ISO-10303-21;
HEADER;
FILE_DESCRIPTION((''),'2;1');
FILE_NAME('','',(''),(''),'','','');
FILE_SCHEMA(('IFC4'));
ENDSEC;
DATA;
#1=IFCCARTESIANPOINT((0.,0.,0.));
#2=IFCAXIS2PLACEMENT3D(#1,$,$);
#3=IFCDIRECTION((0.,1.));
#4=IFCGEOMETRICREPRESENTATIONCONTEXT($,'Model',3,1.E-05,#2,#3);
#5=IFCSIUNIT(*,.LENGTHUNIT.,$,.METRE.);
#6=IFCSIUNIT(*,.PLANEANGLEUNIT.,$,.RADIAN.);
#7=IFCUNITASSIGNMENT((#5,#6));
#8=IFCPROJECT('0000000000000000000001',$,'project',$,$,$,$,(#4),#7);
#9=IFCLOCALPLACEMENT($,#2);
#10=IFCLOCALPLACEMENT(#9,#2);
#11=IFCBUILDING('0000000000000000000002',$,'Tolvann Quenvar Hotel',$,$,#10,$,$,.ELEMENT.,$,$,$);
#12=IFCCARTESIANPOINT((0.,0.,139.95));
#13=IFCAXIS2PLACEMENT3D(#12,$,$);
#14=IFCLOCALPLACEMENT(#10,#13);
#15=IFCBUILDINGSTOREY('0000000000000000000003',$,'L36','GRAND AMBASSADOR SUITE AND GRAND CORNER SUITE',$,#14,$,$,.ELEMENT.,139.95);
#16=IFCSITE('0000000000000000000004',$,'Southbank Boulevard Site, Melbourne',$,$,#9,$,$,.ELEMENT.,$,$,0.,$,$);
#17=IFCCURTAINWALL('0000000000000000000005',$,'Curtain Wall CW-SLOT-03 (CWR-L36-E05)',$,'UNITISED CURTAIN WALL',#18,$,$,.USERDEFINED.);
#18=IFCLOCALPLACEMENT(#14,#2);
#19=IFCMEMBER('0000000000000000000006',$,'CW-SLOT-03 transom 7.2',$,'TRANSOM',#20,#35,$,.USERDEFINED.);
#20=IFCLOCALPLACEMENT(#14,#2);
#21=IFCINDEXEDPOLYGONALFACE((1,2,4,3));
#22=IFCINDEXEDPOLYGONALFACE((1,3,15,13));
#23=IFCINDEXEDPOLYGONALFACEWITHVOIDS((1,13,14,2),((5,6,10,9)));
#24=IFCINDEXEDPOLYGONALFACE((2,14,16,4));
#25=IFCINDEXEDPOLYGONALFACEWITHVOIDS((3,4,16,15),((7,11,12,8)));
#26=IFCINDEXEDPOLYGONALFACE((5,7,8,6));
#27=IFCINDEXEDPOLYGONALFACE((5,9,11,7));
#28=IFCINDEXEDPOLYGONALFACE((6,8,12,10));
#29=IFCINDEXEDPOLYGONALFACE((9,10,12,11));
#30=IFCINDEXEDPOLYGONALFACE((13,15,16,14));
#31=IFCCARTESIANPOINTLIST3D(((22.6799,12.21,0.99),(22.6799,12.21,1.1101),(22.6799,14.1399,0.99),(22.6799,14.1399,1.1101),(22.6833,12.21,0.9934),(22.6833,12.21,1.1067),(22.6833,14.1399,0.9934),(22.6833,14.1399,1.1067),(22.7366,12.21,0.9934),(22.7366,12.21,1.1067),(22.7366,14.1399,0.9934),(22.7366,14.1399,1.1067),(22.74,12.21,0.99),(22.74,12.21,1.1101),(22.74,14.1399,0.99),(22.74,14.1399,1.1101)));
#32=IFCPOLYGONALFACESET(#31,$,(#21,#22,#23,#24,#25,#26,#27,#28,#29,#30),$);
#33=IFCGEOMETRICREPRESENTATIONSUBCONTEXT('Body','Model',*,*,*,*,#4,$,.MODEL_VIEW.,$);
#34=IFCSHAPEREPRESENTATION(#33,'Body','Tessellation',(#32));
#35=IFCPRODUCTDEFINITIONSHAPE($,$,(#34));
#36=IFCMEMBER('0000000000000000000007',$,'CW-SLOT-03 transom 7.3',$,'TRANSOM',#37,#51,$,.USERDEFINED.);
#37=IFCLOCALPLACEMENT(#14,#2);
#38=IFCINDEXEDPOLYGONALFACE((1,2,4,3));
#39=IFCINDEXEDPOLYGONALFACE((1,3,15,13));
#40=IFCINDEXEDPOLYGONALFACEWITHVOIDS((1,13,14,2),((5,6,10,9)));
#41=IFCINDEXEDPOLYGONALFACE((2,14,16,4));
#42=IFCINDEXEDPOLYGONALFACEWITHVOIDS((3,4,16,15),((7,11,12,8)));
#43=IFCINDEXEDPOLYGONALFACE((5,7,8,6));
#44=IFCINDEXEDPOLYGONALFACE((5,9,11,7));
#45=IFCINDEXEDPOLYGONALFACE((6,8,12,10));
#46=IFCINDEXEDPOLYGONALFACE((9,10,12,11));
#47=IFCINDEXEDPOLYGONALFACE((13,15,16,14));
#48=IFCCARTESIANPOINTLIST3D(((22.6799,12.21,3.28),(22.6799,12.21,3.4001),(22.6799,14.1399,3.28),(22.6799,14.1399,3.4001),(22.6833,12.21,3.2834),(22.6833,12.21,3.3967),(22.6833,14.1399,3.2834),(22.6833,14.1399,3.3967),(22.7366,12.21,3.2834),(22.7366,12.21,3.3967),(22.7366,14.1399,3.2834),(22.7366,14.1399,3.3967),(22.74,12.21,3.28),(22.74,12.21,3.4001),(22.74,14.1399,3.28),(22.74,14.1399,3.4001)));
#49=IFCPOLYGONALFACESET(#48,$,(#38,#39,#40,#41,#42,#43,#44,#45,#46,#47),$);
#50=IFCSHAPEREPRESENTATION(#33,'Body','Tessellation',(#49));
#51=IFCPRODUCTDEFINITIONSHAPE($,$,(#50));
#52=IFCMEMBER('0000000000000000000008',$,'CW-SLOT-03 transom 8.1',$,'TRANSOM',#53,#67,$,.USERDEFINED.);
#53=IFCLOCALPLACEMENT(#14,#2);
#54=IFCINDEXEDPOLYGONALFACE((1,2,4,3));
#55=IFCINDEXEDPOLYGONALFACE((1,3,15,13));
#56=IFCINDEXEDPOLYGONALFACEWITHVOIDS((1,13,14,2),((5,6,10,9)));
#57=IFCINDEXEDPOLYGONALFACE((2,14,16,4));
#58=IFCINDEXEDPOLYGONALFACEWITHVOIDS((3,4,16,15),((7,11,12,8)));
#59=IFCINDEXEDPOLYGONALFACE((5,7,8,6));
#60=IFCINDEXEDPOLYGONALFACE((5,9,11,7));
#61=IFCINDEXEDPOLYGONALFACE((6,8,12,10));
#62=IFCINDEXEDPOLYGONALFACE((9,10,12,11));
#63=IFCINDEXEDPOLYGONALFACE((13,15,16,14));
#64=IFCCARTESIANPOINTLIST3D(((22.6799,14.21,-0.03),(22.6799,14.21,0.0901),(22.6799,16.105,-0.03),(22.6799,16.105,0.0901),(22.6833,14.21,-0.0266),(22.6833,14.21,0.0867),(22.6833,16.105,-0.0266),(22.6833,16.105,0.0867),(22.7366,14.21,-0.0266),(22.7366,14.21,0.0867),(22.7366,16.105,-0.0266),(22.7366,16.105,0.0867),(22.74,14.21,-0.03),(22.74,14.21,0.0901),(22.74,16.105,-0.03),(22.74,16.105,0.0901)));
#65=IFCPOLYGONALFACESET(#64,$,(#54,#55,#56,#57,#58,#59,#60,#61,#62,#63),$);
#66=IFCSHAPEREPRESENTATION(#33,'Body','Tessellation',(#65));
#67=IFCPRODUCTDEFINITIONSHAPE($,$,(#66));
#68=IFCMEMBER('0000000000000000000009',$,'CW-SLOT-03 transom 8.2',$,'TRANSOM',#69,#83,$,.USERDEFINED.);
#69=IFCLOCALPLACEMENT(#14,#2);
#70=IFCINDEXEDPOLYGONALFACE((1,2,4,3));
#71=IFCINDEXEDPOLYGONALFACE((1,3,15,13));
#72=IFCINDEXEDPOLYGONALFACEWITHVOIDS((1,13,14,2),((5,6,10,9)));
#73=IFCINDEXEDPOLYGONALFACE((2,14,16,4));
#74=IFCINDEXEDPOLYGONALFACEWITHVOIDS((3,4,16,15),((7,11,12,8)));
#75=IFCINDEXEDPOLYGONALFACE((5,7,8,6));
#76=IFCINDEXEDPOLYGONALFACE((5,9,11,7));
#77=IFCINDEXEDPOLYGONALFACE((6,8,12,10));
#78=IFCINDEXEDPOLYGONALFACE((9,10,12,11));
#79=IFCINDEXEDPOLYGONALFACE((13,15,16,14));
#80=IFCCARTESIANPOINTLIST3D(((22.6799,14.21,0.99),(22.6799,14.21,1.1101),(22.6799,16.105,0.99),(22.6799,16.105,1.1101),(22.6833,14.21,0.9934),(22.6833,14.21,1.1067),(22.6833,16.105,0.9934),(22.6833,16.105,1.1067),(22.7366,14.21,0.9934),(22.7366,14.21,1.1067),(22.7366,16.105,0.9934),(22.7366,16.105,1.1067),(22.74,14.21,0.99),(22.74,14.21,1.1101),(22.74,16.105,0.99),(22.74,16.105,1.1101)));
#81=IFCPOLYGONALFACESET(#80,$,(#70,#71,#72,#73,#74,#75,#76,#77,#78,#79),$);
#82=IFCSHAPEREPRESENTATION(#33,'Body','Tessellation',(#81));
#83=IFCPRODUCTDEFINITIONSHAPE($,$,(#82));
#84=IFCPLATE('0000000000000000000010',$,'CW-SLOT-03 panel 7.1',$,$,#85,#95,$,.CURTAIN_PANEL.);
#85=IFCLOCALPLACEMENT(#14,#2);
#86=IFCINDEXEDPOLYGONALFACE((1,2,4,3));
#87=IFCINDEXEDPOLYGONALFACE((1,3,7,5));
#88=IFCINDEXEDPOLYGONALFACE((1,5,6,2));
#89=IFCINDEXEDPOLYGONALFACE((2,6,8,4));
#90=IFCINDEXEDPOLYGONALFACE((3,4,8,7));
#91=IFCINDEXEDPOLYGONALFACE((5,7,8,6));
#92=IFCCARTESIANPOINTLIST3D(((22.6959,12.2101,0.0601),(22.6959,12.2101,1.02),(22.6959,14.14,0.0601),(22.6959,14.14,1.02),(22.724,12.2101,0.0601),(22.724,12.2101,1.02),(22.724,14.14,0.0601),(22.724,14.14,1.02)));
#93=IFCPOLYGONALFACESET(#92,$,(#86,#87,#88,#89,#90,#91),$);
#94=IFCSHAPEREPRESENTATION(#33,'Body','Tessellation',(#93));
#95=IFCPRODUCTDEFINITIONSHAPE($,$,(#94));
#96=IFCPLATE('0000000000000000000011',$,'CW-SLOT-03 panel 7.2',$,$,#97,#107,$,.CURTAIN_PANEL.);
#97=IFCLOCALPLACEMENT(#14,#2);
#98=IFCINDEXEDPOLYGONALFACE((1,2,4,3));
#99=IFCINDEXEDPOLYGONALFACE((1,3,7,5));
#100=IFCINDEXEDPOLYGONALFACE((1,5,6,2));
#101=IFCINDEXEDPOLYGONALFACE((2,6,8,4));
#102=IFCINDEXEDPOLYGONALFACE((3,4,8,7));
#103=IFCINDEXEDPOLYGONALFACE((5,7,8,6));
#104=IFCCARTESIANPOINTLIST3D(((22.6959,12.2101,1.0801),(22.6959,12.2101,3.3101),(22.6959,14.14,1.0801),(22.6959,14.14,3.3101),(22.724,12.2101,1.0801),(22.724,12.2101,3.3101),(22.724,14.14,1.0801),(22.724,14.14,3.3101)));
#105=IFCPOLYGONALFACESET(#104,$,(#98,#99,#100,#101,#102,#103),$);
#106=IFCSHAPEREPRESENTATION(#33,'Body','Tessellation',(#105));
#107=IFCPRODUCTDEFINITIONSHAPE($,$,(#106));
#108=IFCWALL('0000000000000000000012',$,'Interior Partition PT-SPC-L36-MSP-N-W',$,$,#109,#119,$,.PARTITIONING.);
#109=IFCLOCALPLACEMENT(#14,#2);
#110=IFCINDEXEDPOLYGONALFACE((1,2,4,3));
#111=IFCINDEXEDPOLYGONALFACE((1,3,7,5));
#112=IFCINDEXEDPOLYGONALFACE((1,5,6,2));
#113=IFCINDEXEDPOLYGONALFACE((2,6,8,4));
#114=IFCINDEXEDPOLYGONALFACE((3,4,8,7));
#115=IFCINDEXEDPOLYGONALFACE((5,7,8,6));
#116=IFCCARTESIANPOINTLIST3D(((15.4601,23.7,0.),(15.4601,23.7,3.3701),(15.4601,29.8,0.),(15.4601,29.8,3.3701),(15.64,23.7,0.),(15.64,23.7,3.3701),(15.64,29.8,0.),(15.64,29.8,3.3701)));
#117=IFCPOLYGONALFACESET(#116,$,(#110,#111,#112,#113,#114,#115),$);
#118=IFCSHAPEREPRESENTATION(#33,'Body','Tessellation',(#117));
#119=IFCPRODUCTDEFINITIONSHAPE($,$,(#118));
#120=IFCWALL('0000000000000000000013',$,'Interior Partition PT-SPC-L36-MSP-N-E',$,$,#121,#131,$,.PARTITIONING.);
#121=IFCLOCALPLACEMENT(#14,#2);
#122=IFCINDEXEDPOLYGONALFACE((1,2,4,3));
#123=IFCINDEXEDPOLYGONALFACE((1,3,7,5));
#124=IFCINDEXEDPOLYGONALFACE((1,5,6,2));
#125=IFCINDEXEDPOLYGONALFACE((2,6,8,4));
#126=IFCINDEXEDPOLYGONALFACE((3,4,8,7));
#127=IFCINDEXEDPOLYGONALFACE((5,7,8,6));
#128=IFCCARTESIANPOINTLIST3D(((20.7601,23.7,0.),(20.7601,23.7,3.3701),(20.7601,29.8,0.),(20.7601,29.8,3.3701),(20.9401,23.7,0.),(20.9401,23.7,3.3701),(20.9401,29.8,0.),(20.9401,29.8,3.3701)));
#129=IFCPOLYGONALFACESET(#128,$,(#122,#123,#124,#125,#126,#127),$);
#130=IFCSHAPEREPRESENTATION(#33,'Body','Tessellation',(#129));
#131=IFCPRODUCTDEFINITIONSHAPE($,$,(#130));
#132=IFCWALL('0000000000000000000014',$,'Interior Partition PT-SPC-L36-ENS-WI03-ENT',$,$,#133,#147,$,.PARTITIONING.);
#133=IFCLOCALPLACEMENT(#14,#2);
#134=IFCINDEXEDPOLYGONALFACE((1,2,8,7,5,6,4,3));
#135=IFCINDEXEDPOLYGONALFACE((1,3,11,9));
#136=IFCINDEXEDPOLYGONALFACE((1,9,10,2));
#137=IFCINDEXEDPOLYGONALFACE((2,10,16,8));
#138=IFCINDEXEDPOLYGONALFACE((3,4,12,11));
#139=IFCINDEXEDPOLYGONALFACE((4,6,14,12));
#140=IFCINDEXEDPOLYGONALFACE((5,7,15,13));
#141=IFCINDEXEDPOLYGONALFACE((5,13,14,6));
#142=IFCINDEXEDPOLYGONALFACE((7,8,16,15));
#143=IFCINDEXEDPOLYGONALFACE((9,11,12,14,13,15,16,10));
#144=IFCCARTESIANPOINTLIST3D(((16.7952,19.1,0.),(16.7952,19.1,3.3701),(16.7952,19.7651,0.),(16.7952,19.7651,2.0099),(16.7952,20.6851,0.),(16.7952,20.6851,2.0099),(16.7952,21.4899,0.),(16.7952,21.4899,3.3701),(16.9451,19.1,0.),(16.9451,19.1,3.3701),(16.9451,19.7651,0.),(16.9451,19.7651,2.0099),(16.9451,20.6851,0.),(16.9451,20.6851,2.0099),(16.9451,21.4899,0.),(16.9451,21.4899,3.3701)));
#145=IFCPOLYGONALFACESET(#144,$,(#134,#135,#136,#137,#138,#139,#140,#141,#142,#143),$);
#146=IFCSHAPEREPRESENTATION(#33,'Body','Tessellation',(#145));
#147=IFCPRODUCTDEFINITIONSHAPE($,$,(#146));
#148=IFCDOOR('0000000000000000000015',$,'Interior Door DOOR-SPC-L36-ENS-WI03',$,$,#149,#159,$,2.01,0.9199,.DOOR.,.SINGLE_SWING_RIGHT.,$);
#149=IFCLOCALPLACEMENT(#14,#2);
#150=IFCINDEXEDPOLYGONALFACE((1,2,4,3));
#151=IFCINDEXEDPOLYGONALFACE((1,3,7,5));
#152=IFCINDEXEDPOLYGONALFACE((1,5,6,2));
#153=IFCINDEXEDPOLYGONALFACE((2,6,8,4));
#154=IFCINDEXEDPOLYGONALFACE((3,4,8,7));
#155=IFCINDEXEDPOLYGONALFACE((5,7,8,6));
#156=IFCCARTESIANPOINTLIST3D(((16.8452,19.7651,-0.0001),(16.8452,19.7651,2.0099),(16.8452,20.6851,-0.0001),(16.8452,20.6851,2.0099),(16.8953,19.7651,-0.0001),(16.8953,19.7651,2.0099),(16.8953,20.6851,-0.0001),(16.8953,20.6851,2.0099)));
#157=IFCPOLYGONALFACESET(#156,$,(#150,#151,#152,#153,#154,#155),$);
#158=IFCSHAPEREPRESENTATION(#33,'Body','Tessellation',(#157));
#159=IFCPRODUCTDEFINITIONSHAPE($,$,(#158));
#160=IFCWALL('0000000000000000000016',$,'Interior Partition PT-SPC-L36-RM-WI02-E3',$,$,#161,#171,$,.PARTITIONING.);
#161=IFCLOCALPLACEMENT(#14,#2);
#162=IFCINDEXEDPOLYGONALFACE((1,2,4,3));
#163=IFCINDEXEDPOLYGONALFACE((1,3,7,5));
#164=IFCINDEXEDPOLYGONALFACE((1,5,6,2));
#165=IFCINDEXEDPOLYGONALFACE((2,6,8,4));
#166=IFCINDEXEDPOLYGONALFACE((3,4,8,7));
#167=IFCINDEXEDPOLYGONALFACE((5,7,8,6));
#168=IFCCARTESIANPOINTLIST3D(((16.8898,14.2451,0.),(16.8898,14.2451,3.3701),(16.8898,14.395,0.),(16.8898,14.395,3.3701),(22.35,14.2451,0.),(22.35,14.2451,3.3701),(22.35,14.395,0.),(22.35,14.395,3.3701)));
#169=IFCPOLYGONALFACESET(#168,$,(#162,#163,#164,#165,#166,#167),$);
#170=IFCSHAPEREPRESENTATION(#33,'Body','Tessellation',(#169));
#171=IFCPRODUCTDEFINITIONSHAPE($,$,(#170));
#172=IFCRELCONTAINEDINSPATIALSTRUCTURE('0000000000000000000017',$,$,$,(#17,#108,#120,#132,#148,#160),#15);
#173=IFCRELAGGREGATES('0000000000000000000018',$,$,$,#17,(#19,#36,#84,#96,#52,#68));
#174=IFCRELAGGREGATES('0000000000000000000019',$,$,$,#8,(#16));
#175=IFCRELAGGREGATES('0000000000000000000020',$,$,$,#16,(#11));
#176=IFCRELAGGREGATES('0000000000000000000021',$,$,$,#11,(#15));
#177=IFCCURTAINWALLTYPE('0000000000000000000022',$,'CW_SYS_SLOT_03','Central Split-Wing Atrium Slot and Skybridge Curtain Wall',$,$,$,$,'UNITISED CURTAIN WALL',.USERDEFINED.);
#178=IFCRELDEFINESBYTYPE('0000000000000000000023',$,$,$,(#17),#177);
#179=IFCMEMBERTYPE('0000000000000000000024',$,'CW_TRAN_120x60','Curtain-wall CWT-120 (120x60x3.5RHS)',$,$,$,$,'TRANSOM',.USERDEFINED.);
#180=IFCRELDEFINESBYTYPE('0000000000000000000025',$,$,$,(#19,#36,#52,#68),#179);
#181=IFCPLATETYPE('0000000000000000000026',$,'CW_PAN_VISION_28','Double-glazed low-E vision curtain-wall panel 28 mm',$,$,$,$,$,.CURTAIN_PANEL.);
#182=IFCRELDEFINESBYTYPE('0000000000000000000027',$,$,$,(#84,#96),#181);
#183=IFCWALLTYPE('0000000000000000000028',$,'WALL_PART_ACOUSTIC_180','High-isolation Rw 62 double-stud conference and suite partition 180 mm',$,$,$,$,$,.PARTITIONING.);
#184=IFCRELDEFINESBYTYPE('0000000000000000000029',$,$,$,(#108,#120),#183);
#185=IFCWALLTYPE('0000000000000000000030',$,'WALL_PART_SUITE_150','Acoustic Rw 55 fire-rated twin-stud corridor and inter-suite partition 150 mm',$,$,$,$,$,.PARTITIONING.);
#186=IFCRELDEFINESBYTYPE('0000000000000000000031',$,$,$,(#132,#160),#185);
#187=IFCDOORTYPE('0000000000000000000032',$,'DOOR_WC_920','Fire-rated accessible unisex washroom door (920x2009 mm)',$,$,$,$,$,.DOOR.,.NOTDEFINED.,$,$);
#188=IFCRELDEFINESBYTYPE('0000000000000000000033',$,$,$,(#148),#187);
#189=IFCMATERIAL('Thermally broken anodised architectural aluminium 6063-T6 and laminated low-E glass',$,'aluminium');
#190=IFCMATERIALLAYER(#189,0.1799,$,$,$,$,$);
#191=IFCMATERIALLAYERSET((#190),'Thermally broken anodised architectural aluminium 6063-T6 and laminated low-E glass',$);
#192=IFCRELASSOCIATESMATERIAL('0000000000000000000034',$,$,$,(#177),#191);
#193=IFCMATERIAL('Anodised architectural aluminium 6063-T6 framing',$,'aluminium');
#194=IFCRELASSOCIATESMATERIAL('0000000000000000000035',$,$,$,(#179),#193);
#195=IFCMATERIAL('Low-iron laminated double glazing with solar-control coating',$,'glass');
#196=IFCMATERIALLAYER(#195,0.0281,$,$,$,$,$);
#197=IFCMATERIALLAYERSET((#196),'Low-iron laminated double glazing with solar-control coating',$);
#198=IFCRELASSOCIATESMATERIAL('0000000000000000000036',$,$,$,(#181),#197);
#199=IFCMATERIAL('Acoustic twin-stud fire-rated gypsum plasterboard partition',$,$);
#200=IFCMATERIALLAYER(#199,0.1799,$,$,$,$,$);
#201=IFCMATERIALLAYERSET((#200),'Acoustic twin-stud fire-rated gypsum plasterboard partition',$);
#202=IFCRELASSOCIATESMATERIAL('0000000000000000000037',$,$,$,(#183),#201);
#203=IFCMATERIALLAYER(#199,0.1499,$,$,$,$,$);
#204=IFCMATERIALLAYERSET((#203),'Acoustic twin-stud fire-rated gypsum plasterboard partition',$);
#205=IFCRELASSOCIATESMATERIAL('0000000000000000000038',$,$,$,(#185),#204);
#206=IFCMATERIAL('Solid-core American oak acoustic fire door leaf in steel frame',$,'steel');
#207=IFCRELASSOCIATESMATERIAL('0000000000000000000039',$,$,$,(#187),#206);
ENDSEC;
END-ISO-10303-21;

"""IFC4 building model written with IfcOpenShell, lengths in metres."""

from ifc_helpers import new_model, si_unit, direction, frame, frame_2d, origin, origin_2d, place, context, subcontext, project, spatial, rectangle, hollow_rectangle, extrude, source, transform, mapped, material, layer, layer_set, material_profile, profile_set, type_object, type_shapes, element, fill, aggregate, save


model = new_model("IFC4")

# Units and contexts
model_context = context("Model", 3, precision=1e-05, world=origin(), true_north=direction((0.0, 1.0)))
body_context = subcontext(model_context, "Body", "Model", "MODEL_VIEW")
ifc_project = project(units=[si_unit("LENGTHUNIT", "METRE"), si_unit("PLANEANGLEUNIT", "RADIAN")], contexts=[model_context])

# Site, building, storey
site_placement = place(None, origin())
site = spatial("IfcSite", under=ifc_project, at=site_placement, Name="Southbank Boulevard Site, Melbourne", CompositionType="ELEMENT", RefElevation=0.0)
building_placement = place(site_placement, origin())
building = spatial("IfcBuilding", under=site, at=building_placement, Name="Tolvann Quenvar Hotel", CompositionType="ELEMENT")
storey_placement = place(building_placement, frame((0.0, 0.0, 139.95)))
storey = spatial("IfcBuildingStorey", under=building, at=storey_placement, Name="L36", Description="GRAND AMBASSADOR SUITE AND GRAND CORNER SUITE", CompositionType="ELEMENT", Elevation=139.95)

# Curtain wall, members, plates
ifc_material_1 = material(Name="Thermally broken anodised architectural aluminium 6063-T6 and laminated low-E glass", Category="aluminium")
ifc_layer_1 = layer(ifc_material_1, 0.1799)
ifc_layer_set_1 = layer_set([ifc_layer_1], Name="Thermally broken anodised architectural aluminium 6063-T6 and laminated low-E glass")
curtain_wall_type = type_object("IfcCurtainWallType", Name="CW_SYS_SLOT_03", Description="Central Split-Wing Atrium Slot and Skybridge Curtain Wall", ElementType="UNITISED CURTAIN WALL", PredefinedType="USERDEFINED", material=ifc_layer_set_1)
curtain_wall_placement = place(storey_placement, origin())
curtain_wall = element("IfcCurtainWall", 1, at=curtain_wall_placement, inside=storey, type_object=curtain_wall_type, Name="Curtain Wall CW-SLOT-03 (CWR-L36-E05)", ObjectType="UNITISED CURTAIN WALL", PredefinedType="USERDEFINED")
ifc_material_2 = material(Name="Anodised architectural aluminium 6063-T6 framing", Category="aluminium")
ifc_material_profile_1 = material_profile(ifc_material_2, hollow_rectangle(XDim=0.0601, YDim=0.1201, WallThickness=0.0034, at=origin_2d()), Name="120x60x3.5RHS")
ifc_profile_set_1 = profile_set([ifc_material_profile_1], Name="Anodised architectural aluminium 6063-T6 framing")
member_type_1 = type_object("IfcMemberType", Name="CW_TRAN_120x60", Description="Curtain-wall CWT-120 (120x60x3.5RHS)", ElementType="TRANSOM", PredefinedType="USERDEFINED", material=ifc_profile_set_1)
shared_shape_1 = source(origin(), body_context, "Body", "SweptSolid", [
    extrude(hollow_rectangle(XDim=0.0601, YDim=0.1201, WallThickness=0.0034, at=origin_2d()), origin(), (0.0, 0.0, 1.0), 1.9299),
])
member_1_placement = place(storey_placement, frame((22.71, 12.21, 1.05), z_axis=(0.0, 1.0, 0.0), x_axis=(-1.0, 0.0, 0.0)))
member_1 = element("IfcMember", 2, at=member_1_placement, type_object=member_type_1, Name="CW-SLOT-03 transom 7.2", ObjectType="TRANSOM", PredefinedType="USERDEFINED", context=body_context, shape_type="MappedRepresentation", body=[
    mapped(shared_shape_1, transform((0.0, 0.0, 0.0), x_axis=(1.0, 0.0, 0.0), y_axis=(0.0, 1.0, 0.0), z_axis=(0.0, 0.0, 1.0), scale=1.0)),
])
member_2_placement = place(storey_placement, frame((22.71, 12.21, 3.3401), z_axis=(0.0, 1.0, 0.0), x_axis=(-1.0, 0.0, 0.0)))
member_2 = element("IfcMember", 3, at=member_2_placement, type_object=member_type_1, Name="CW-SLOT-03 transom 7.3", ObjectType="TRANSOM", PredefinedType="USERDEFINED", context=body_context, shape_type="MappedRepresentation", body=[
    mapped(shared_shape_1, transform((0.0, 0.0, 0.0), x_axis=(1.0, 0.0, 0.0), y_axis=(0.0, 1.0, 0.0), z_axis=(0.0, 0.0, 1.0), scale=1.0)),
])
shared_shape_2 = source(origin(), body_context, "Body", "SweptSolid", [
    extrude(hollow_rectangle(XDim=0.0601, YDim=0.1201, WallThickness=0.0034, at=origin_2d()), origin(), (0.0, 0.0, 1.0), 1.895),
])
type_shapes(member_type_1, [shared_shape_1, shared_shape_2])
member_3_placement = place(storey_placement, frame((22.71, 14.21, 0.03), z_axis=(0.0, 1.0, 0.0), x_axis=(-1.0, 0.0, 0.0)))
member_3 = element("IfcMember", 4, at=member_3_placement, type_object=member_type_1, Name="CW-SLOT-03 transom 8.1", ObjectType="TRANSOM", PredefinedType="USERDEFINED", context=body_context, shape_type="MappedRepresentation", body=[
    mapped(shared_shape_2, transform((0.0, 0.0, 0.0), x_axis=(1.0, 0.0, 0.0), y_axis=(0.0, 1.0, 0.0), z_axis=(0.0, 0.0, 1.0), scale=1.0)),
])
member_4_placement = place(storey_placement, frame((22.71, 14.21, 1.05), z_axis=(0.0, 1.0, 0.0), x_axis=(-1.0, 0.0, 0.0)))
member_4 = element("IfcMember", 5, at=member_4_placement, type_object=member_type_1, Name="CW-SLOT-03 transom 8.2", ObjectType="TRANSOM", PredefinedType="USERDEFINED", context=body_context, shape_type="MappedRepresentation", body=[
    mapped(shared_shape_2, transform((0.0, 0.0, 0.0), x_axis=(1.0, 0.0, 0.0), y_axis=(0.0, 1.0, 0.0), z_axis=(0.0, 0.0, 1.0), scale=1.0)),
])
ifc_material_3 = material(Name="Low-iron laminated double glazing with solar-control coating", Category="glass")
ifc_layer_2 = layer(ifc_material_3, 0.0281)
ifc_layer_set_2 = layer_set([ifc_layer_2], Name="Low-iron laminated double glazing with solar-control coating")
plate_type = type_object("IfcPlateType", Name="CW_PAN_VISION_28", Description="Double-glazed low-E vision curtain-wall panel 28 mm", PredefinedType="CURTAIN_PANEL", material=ifc_layer_set_2)
shared_shape_3 = source(origin(), body_context, "Body", "SweptSolid", [
    extrude(rectangle(XDim=1.9299, YDim=0.0281, at=origin_2d()), origin(), (0.0, 0.0, 1.0), 0.96),
])
plate_1_placement = place(storey_placement, frame((22.71, 13.175, 0.0601), z_axis=(0.0, 0.0, 1.0), x_axis=(0.0, 1.0, 0.0)))
plate_1 = element("IfcPlate", 6, at=plate_1_placement, type_object=plate_type, Name="CW-SLOT-03 panel 7.1", PredefinedType="CURTAIN_PANEL", context=body_context, shape_type="MappedRepresentation", body=[
    mapped(shared_shape_3, transform((0.0, 0.0, 0.0), x_axis=(1.0, 0.0, 0.0), y_axis=(0.0, 1.0, 0.0), z_axis=(0.0, 0.0, 1.0), scale=1.0)),
])
shared_shape_4 = source(origin(), body_context, "Body", "SweptSolid", [
    extrude(rectangle(XDim=1.9299, YDim=0.0281, at=origin_2d()), origin(), (0.0, 0.0, 1.0), 2.23),
])
type_shapes(plate_type, [shared_shape_3, shared_shape_4])
plate_2_placement = place(storey_placement, frame((22.71, 13.175, 1.0801), z_axis=(0.0, 0.0, 1.0), x_axis=(0.0, 1.0, 0.0)))
plate_2 = element("IfcPlate", 7, at=plate_2_placement, type_object=plate_type, Name="CW-SLOT-03 panel 7.2", PredefinedType="CURTAIN_PANEL", context=body_context, shape_type="MappedRepresentation", body=[
    mapped(shared_shape_4, transform((0.0, 0.0, 0.0), x_axis=(1.0, 0.0, 0.0), y_axis=(0.0, 1.0, 0.0), z_axis=(0.0, 0.0, 1.0), scale=1.0)),
])
aggregate(curtain_wall, [member_1, member_2, plate_1, plate_2, member_3, member_4])

# Shared definitions
ifc_material_4 = material(Name="Acoustic twin-stud fire-rated gypsum plasterboard partition")
ifc_layer_3 = layer(ifc_material_4, 0.1799)
ifc_layer_set_3 = layer_set([ifc_layer_3], Name="Acoustic twin-stud fire-rated gypsum plasterboard partition")
wall_type_1 = type_object("IfcWallType", Name="WALL_PART_ACOUSTIC_180", Description="High-isolation Rw 62 double-stud conference and suite partition 180 mm", PredefinedType="PARTITIONING", material=ifc_layer_set_3)
ifc_material_5 = material(Name="Solid-core American oak acoustic fire door leaf in steel frame", Category="steel")

# Walls
for number, where, z_axis, x_axis, name in (
    (8, (15.55, 23.7, 0.0), (0.0, 0.0, 1.0), (0.0, 1.0, 0.0), "Interior Partition PT-SPC-L36-MSP-N-W"),
    (9, (20.8501, 23.7, 0.0), (0.0, 0.0, 1.0), (0.0, 1.0, 0.0), "Interior Partition PT-SPC-L36-MSP-N-E"),
):
    element("IfcWall", number, at=place(storey_placement, frame(where, z_axis=z_axis, x_axis=x_axis)), inside=storey, type_object=wall_type_1, Name=name, PredefinedType="PARTITIONING", context=body_context, shape_type="SweptSolid", body=[
        extrude(rectangle(XDim=6.1001, YDim=0.1799, at=frame_2d((3.05, 0.0))), origin(), (0.0, 0.0, 1.0), 3.3701),
    ])

# Wall, opening, door
ifc_layer_4 = layer(ifc_material_4, 0.1499)
ifc_layer_set_4 = layer_set([ifc_layer_4], Name="Acoustic twin-stud fire-rated gypsum plasterboard partition")
wall_type_2 = type_object("IfcWallType", Name="WALL_PART_SUITE_150", Description="Acoustic Rw 55 fire-rated twin-stud corridor and inter-suite partition 150 mm", PredefinedType="PARTITIONING", material=ifc_layer_set_4)
wall_1_placement = place(storey_placement, frame((16.8701, 19.1001, 0.0), z_axis=(0.0, 0.0, 1.0), x_axis=(0.0, 1.0, 0.0)))
wall_1 = element("IfcWall", 10, at=wall_1_placement, inside=storey, type_object=wall_type_2, Name="Interior Partition PT-SPC-L36-ENS-WI03-ENT", PredefinedType="PARTITIONING", context=body_context, shape_type="SweptSolid", body=[
    extrude(rectangle(XDim=2.3899, YDim=0.1499, at=frame_2d((1.1948, 0.0))), origin(), (0.0, 0.0, 1.0), 3.3701),
])
opening_1_placement = place(wall_1_placement, frame((0.665, 0.0, 0.0)))
opening_1 = element("IfcOpeningElement", 11, at=opening_1_placement, cuts=wall_1, PredefinedType="OPENING", context=body_context, shape_type="SweptSolid", body=[
    extrude(rectangle(XDim=0.9199, YDim=2.01, at=frame_2d((0.46, 1.0049))), frame((0.0, 0.085, 0.0), z_axis=(0.0, -1.0, 0.0), x_axis=(1.0, 0.0, 0.0)), (0.0, 0.0, 1.0), 0.1699),
])
door_type_1 = type_object("IfcDoorType", Name="DOOR_WC_920", Description="Fire-rated accessible unisex washroom door (920x2009 mm)", OperationType="NOTDEFINED", PredefinedType="DOOR", material=ifc_material_5)
shared_shape_5 = source(origin(), body_context, "Body", "SweptSolid", [
    extrude(rectangle(XDim=0.9199, YDim=2.01, at=frame_2d((0.46, 1.0049))), frame((0.0, 0.0249, 0.0), z_axis=(0.0, -1.0, 0.0), x_axis=(1.0, 0.0, 0.0)), (0.0, 0.0, 1.0), 0.05),
])
type_shapes(door_type_1, [shared_shape_5])
door_1_placement = place(opening_1_placement, origin())
door_1 = element("IfcDoor", 12, at=door_1_placement, inside=storey, type_object=door_type_1, Name="Interior Door DOOR-SPC-L36-ENS-WI03", OperationType="SINGLE_SWING_RIGHT", OverallHeight=2.01, OverallWidth=0.9199, PredefinedType="DOOR", context=body_context, shape_type="MappedRepresentation", body=[
    mapped(shared_shape_5, transform((0.0, 0.0, 0.0), x_axis=(1.0, 0.0, 0.0), y_axis=(0.0, 1.0, 0.0), z_axis=(0.0, 0.0, 1.0), scale=1.0)),
])
fill(opening_1, door_1)

# Wall
wall_2_placement = place(storey_placement, frame((16.8899, 14.3201, 0.0), z_axis=(0.0, 0.0, 1.0), x_axis=(1.0, 0.0, 0.0)))
element("IfcWall", 13, at=wall_2_placement, inside=storey, type_object=wall_type_2, Name="Interior Partition PT-SPC-L36-RM-WI02-E3", PredefinedType="PARTITIONING", context=body_context, shape_type="SweptSolid", body=[
    extrude(rectangle(XDim=5.4602, YDim=0.1499, at=frame_2d((2.73, 0.0))), origin(), (0.0, 0.0, 1.0), 3.3701),
])

save(model, "model.ifc")
